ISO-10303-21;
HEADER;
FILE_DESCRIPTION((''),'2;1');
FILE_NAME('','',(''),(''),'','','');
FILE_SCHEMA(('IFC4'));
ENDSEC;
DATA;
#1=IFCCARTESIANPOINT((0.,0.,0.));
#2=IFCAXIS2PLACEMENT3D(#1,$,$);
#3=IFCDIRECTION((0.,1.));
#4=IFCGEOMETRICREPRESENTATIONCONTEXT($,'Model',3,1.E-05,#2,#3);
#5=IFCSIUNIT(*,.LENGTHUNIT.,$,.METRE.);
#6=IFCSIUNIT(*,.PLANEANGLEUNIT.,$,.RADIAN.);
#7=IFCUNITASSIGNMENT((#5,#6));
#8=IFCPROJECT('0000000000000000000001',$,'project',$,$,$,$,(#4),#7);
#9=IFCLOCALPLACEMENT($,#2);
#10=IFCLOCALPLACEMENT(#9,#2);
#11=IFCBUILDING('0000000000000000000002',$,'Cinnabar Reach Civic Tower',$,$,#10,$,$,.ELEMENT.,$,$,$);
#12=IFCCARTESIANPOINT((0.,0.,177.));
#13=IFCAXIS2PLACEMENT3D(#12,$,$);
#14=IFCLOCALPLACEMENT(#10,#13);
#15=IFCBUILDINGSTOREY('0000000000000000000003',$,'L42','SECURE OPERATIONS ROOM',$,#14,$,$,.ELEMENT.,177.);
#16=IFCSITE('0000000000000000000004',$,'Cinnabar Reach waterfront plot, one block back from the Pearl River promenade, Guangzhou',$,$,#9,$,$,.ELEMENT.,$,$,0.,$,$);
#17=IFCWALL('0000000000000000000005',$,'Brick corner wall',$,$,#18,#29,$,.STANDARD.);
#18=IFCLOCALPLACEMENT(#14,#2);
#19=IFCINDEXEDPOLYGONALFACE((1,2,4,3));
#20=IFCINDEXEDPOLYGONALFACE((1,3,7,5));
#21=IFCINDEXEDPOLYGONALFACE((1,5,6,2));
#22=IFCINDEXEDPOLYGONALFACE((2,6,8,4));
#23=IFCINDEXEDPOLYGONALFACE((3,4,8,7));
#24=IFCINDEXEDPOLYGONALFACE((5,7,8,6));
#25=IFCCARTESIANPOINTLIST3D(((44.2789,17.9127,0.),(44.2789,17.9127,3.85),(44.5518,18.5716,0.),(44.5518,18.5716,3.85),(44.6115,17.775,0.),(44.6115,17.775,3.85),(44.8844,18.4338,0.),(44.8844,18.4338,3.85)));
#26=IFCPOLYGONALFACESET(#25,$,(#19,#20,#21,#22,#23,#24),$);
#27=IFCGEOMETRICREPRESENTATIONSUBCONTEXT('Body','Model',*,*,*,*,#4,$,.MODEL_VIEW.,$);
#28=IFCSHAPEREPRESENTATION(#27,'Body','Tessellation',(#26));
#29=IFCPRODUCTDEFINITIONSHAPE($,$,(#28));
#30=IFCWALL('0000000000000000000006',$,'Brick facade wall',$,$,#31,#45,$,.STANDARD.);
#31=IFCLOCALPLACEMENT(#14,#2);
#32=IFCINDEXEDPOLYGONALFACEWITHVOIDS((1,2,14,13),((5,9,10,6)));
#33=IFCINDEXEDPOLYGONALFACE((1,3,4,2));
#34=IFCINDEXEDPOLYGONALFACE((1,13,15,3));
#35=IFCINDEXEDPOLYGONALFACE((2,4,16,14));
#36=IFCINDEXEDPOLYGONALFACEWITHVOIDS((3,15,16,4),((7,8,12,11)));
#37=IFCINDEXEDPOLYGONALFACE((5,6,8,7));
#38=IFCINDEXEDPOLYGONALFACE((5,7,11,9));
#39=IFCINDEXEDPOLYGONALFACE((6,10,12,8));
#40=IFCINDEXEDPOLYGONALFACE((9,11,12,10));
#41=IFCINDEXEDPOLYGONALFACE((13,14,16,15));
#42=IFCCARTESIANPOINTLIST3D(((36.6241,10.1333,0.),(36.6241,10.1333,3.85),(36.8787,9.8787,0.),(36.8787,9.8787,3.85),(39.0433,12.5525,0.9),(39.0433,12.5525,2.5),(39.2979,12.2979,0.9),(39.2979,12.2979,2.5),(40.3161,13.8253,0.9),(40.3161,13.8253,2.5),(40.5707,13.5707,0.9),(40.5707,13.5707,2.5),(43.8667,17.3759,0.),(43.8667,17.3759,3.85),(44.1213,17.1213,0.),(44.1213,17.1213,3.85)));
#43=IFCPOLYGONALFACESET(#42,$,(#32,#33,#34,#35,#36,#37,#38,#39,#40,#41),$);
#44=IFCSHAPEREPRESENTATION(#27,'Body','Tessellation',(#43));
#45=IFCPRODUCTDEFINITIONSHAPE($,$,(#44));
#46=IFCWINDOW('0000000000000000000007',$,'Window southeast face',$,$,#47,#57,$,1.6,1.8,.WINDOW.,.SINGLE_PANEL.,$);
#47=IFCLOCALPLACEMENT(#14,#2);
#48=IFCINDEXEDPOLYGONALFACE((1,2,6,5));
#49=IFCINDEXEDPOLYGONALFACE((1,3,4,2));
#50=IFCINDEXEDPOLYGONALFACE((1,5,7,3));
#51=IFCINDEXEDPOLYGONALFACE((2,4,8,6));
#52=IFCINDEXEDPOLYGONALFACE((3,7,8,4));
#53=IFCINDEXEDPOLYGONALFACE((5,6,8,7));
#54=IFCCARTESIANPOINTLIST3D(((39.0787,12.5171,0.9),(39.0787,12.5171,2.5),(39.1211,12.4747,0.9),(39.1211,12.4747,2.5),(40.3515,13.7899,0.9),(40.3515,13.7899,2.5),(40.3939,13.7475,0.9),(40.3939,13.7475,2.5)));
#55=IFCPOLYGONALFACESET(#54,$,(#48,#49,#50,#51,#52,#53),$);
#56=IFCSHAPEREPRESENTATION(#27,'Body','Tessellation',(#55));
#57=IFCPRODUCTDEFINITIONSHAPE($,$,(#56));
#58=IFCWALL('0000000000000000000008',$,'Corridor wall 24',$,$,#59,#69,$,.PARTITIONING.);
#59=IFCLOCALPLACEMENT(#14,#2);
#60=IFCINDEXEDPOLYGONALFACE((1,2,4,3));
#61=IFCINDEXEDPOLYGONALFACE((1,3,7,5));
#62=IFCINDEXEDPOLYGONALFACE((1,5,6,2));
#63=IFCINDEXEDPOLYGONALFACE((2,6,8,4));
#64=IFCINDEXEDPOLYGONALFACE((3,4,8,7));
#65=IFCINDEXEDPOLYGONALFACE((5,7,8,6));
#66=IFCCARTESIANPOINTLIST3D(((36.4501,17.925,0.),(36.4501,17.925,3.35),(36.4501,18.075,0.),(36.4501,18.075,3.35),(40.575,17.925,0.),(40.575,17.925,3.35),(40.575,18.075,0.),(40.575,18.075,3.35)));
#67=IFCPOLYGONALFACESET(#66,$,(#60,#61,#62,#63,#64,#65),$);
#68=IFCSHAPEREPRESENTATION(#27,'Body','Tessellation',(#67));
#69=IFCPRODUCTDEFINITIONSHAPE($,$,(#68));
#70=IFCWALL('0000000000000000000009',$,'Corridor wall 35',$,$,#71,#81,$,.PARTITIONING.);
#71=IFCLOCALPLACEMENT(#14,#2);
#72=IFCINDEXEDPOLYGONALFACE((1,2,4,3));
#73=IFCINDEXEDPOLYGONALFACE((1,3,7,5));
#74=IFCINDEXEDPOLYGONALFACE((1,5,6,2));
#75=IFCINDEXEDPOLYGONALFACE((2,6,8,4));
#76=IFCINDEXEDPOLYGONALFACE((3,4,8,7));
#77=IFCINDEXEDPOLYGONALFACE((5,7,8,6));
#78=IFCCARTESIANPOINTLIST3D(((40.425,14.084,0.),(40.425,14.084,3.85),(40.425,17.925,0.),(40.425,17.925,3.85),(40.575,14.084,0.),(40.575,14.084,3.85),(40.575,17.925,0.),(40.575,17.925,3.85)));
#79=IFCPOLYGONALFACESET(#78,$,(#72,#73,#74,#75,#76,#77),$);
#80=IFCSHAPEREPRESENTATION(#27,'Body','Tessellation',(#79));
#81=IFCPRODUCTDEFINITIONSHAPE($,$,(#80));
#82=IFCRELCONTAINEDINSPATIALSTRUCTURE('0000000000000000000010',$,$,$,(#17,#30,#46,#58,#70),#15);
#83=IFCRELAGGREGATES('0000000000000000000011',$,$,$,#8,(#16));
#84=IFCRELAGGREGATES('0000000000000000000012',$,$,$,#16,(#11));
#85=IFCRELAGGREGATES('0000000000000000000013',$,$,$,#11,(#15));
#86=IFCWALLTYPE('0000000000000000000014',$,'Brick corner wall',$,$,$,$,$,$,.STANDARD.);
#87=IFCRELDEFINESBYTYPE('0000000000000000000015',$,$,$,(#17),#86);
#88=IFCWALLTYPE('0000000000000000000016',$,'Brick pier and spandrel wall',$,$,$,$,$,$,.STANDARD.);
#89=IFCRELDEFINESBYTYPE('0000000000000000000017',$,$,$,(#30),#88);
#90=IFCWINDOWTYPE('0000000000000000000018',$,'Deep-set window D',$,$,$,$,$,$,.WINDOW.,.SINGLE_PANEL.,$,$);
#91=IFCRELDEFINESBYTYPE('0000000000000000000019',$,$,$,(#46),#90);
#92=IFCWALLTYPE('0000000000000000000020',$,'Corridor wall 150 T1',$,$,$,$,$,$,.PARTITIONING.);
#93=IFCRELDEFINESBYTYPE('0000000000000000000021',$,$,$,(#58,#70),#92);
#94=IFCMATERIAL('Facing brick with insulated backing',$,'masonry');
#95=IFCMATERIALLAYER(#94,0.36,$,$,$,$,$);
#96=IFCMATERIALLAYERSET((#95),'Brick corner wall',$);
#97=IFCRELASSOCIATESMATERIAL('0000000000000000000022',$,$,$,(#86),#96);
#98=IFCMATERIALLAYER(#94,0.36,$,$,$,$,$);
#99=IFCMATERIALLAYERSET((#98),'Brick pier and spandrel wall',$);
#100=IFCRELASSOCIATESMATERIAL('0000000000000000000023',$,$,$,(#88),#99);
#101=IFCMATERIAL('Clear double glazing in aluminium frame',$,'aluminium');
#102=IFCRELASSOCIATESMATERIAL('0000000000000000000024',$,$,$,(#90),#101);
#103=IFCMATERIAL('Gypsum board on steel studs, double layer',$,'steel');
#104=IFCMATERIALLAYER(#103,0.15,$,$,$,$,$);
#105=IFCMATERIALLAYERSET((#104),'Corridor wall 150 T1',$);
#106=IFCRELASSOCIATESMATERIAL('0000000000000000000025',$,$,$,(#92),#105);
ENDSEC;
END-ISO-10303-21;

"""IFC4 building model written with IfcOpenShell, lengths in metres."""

from ifc_helpers import new_model, si_unit, direction, frame, frame_2d, origin, place, context, subcontext, project, spatial, rectangle, extrude, material, layer, layer_set, type_object, element, fill, save


model = new_model("IFC4")

# Units and contexts
model_context = context("Model", 3, precision=1e-05, world=origin(), true_north=direction((0.0, 1.0)))
body_context = subcontext(model_context, "Body", "Model", "MODEL_VIEW")
ifc_project = project(units=[si_unit("LENGTHUNIT", "METRE"), si_unit("PLANEANGLEUNIT", "RADIAN")], contexts=[model_context])

# Site, building, storey
site_placement = place(None, origin())
site = spatial("IfcSite", under=ifc_project, at=site_placement, Name="Cinnabar Reach waterfront plot, one block back from the Pearl River promenade, Guangzhou", CompositionType="ELEMENT", RefElevation=0.0)
building_placement = place(site_placement, origin())
building = spatial("IfcBuilding", under=site, at=building_placement, Name="Cinnabar Reach Civic Tower", CompositionType="ELEMENT")
storey_placement = place(building_placement, frame((0.0, 0.0, 177.0)))
storey = spatial("IfcBuildingStorey", under=building, at=storey_placement, Name="L42", Description="SECURE OPERATIONS ROOM", CompositionType="ELEMENT", Elevation=177.0)

# Wall
ifc_material_1 = material(Name="Facing brick with insulated backing", Category="masonry")
ifc_layer_1 = layer(ifc_material_1, 0.36)
ifc_layer_set_1 = layer_set([ifc_layer_1], Name="Brick corner wall")
wall_type_1 = type_object("IfcWallType", Name="Brick corner wall", PredefinedType="STANDARD", material=ifc_layer_set_1)
wall_1_placement = place(storey_placement, frame((44.4452, 17.8439, 0.0), z_axis=(0.0, 0.0, 1.0), x_axis=(0.382703, 0.923872, 0.0)))
element("IfcWall", 1, at=wall_1_placement, inside=storey, type_object=wall_type_1, Name="Brick corner wall", PredefinedType="STANDARD", context=body_context, shape_type="SweptSolid", body=[
    extrude(rectangle(XDim=0.7131, YDim=0.36, at=frame_2d((0.3565, 0.0))), origin(), (0.0, 0.0, 1.0), 3.85),
])

# Wall, opening, window
ifc_layer_2 = layer(ifc_material_1, 0.36)
ifc_layer_set_2 = layer_set([ifc_layer_2], Name="Brick pier and spandrel wall")
wall_type_2 = type_object("IfcWallType", Name="Brick pier and spandrel wall", PredefinedType="STANDARD", material=ifc_layer_set_2)
wall_2_placement = place(storey_placement, frame((36.7514, 10.006, 0.0), z_axis=(0.0, 0.0, 1.0), x_axis=(0.707107, 0.707107, 0.0)))
wall_2 = element("IfcWall", 2, at=wall_2_placement, inside=storey, type_object=wall_type_2, Name="Brick facade wall", PredefinedType="STANDARD", context=body_context, shape_type="SweptSolid", body=[
    extrude(rectangle(XDim=10.2426, YDim=0.36, at=frame_2d((5.1213, 0.0))), origin(), (0.0, 0.0, 1.0), 3.85),
])
opening_placement = place(wall_2_placement, frame((3.4213, 0.0, 0.9)))
opening = element("IfcOpeningElement", 3, at=opening_placement, cuts=wall_2, PredefinedType="OPENING", context=body_context, shape_type="SweptSolid", body=[
    extrude(rectangle(XDim=1.8, YDim=1.6, at=frame_2d((0.9, 0.8))), frame((0.0, 0.19, 0.0), z_axis=(0.0, -1.0, 0.0), x_axis=(1.0, 0.0, 0.0)), (0.0, 0.0, 1.0), 0.38),
])
ifc_material_2 = material(Name="Clear double glazing in aluminium frame", Category="aluminium")
window_type = type_object("IfcWindowType", Name="Deep-set window D", PartitioningType="SINGLE_PANEL", PredefinedType="WINDOW", material=ifc_material_2)
window_placement = place(opening_placement, origin())
window = element("IfcWindow", 4, at=window_placement, inside=storey, type_object=window_type, Name="Window southeast face", OverallHeight=1.6, OverallWidth=1.8, PartitioningType="SINGLE_PANEL", PredefinedType="WINDOW", context=body_context, shape_type="SweptSolid", body=[
    extrude(rectangle(XDim=1.8, YDim=1.6, at=frame_2d((0.9, 0.8))), frame((0.0, 0.13, 0.0), z_axis=(0.0, -1.0, 0.0), x_axis=(1.0, 0.0, 0.0)), (0.0, 0.0, 1.0), 0.06),
])
fill(opening, window)

# Walls
ifc_material_3 = material(Name="Gypsum board on steel studs, double layer", Category="steel")
ifc_layer_3 = layer(ifc_material_3, 0.15)
ifc_layer_set_3 = layer_set([ifc_layer_3], Name="Corridor wall 150 T1")
wall_type_3 = type_object("IfcWallType", Name="Corridor wall 150 T1", PredefinedType="PARTITIONING", material=ifc_layer_set_3)
wall_3_placement = place(storey_placement, frame((36.45, 18.0, 0.0), z_axis=(0.0, 0.0, 1.0), x_axis=(1.0, 0.0, 0.0)))
element("IfcWall", 5, at=wall_3_placement, inside=storey, type_object=wall_type_3, Name="Corridor wall 24", PredefinedType="PARTITIONING", context=body_context, shape_type="SweptSolid", body=[
    extrude(rectangle(XDim=4.1249, YDim=0.15, at=frame_2d((2.0625, 0.0))), origin(), (0.0, 0.0, 1.0), 3.35),
])
wall_4_placement = place(storey_placement, frame((40.5, 14.084, 0.0), z_axis=(0.0, 0.0, 1.0), x_axis=(0.0, 1.0, 0.0)))
element("IfcWall", 6, at=wall_4_placement, inside=storey, type_object=wall_type_3, Name="Corridor wall 35", PredefinedType="PARTITIONING", context=body_context, shape_type="SweptSolid", body=[
    extrude(rectangle(XDim=3.841, YDim=0.15, at=frame_2d((1.9205, 0.0))), origin(), (0.0, 0.0, 1.0), 3.85),
])

save(model, "model.ifc")
